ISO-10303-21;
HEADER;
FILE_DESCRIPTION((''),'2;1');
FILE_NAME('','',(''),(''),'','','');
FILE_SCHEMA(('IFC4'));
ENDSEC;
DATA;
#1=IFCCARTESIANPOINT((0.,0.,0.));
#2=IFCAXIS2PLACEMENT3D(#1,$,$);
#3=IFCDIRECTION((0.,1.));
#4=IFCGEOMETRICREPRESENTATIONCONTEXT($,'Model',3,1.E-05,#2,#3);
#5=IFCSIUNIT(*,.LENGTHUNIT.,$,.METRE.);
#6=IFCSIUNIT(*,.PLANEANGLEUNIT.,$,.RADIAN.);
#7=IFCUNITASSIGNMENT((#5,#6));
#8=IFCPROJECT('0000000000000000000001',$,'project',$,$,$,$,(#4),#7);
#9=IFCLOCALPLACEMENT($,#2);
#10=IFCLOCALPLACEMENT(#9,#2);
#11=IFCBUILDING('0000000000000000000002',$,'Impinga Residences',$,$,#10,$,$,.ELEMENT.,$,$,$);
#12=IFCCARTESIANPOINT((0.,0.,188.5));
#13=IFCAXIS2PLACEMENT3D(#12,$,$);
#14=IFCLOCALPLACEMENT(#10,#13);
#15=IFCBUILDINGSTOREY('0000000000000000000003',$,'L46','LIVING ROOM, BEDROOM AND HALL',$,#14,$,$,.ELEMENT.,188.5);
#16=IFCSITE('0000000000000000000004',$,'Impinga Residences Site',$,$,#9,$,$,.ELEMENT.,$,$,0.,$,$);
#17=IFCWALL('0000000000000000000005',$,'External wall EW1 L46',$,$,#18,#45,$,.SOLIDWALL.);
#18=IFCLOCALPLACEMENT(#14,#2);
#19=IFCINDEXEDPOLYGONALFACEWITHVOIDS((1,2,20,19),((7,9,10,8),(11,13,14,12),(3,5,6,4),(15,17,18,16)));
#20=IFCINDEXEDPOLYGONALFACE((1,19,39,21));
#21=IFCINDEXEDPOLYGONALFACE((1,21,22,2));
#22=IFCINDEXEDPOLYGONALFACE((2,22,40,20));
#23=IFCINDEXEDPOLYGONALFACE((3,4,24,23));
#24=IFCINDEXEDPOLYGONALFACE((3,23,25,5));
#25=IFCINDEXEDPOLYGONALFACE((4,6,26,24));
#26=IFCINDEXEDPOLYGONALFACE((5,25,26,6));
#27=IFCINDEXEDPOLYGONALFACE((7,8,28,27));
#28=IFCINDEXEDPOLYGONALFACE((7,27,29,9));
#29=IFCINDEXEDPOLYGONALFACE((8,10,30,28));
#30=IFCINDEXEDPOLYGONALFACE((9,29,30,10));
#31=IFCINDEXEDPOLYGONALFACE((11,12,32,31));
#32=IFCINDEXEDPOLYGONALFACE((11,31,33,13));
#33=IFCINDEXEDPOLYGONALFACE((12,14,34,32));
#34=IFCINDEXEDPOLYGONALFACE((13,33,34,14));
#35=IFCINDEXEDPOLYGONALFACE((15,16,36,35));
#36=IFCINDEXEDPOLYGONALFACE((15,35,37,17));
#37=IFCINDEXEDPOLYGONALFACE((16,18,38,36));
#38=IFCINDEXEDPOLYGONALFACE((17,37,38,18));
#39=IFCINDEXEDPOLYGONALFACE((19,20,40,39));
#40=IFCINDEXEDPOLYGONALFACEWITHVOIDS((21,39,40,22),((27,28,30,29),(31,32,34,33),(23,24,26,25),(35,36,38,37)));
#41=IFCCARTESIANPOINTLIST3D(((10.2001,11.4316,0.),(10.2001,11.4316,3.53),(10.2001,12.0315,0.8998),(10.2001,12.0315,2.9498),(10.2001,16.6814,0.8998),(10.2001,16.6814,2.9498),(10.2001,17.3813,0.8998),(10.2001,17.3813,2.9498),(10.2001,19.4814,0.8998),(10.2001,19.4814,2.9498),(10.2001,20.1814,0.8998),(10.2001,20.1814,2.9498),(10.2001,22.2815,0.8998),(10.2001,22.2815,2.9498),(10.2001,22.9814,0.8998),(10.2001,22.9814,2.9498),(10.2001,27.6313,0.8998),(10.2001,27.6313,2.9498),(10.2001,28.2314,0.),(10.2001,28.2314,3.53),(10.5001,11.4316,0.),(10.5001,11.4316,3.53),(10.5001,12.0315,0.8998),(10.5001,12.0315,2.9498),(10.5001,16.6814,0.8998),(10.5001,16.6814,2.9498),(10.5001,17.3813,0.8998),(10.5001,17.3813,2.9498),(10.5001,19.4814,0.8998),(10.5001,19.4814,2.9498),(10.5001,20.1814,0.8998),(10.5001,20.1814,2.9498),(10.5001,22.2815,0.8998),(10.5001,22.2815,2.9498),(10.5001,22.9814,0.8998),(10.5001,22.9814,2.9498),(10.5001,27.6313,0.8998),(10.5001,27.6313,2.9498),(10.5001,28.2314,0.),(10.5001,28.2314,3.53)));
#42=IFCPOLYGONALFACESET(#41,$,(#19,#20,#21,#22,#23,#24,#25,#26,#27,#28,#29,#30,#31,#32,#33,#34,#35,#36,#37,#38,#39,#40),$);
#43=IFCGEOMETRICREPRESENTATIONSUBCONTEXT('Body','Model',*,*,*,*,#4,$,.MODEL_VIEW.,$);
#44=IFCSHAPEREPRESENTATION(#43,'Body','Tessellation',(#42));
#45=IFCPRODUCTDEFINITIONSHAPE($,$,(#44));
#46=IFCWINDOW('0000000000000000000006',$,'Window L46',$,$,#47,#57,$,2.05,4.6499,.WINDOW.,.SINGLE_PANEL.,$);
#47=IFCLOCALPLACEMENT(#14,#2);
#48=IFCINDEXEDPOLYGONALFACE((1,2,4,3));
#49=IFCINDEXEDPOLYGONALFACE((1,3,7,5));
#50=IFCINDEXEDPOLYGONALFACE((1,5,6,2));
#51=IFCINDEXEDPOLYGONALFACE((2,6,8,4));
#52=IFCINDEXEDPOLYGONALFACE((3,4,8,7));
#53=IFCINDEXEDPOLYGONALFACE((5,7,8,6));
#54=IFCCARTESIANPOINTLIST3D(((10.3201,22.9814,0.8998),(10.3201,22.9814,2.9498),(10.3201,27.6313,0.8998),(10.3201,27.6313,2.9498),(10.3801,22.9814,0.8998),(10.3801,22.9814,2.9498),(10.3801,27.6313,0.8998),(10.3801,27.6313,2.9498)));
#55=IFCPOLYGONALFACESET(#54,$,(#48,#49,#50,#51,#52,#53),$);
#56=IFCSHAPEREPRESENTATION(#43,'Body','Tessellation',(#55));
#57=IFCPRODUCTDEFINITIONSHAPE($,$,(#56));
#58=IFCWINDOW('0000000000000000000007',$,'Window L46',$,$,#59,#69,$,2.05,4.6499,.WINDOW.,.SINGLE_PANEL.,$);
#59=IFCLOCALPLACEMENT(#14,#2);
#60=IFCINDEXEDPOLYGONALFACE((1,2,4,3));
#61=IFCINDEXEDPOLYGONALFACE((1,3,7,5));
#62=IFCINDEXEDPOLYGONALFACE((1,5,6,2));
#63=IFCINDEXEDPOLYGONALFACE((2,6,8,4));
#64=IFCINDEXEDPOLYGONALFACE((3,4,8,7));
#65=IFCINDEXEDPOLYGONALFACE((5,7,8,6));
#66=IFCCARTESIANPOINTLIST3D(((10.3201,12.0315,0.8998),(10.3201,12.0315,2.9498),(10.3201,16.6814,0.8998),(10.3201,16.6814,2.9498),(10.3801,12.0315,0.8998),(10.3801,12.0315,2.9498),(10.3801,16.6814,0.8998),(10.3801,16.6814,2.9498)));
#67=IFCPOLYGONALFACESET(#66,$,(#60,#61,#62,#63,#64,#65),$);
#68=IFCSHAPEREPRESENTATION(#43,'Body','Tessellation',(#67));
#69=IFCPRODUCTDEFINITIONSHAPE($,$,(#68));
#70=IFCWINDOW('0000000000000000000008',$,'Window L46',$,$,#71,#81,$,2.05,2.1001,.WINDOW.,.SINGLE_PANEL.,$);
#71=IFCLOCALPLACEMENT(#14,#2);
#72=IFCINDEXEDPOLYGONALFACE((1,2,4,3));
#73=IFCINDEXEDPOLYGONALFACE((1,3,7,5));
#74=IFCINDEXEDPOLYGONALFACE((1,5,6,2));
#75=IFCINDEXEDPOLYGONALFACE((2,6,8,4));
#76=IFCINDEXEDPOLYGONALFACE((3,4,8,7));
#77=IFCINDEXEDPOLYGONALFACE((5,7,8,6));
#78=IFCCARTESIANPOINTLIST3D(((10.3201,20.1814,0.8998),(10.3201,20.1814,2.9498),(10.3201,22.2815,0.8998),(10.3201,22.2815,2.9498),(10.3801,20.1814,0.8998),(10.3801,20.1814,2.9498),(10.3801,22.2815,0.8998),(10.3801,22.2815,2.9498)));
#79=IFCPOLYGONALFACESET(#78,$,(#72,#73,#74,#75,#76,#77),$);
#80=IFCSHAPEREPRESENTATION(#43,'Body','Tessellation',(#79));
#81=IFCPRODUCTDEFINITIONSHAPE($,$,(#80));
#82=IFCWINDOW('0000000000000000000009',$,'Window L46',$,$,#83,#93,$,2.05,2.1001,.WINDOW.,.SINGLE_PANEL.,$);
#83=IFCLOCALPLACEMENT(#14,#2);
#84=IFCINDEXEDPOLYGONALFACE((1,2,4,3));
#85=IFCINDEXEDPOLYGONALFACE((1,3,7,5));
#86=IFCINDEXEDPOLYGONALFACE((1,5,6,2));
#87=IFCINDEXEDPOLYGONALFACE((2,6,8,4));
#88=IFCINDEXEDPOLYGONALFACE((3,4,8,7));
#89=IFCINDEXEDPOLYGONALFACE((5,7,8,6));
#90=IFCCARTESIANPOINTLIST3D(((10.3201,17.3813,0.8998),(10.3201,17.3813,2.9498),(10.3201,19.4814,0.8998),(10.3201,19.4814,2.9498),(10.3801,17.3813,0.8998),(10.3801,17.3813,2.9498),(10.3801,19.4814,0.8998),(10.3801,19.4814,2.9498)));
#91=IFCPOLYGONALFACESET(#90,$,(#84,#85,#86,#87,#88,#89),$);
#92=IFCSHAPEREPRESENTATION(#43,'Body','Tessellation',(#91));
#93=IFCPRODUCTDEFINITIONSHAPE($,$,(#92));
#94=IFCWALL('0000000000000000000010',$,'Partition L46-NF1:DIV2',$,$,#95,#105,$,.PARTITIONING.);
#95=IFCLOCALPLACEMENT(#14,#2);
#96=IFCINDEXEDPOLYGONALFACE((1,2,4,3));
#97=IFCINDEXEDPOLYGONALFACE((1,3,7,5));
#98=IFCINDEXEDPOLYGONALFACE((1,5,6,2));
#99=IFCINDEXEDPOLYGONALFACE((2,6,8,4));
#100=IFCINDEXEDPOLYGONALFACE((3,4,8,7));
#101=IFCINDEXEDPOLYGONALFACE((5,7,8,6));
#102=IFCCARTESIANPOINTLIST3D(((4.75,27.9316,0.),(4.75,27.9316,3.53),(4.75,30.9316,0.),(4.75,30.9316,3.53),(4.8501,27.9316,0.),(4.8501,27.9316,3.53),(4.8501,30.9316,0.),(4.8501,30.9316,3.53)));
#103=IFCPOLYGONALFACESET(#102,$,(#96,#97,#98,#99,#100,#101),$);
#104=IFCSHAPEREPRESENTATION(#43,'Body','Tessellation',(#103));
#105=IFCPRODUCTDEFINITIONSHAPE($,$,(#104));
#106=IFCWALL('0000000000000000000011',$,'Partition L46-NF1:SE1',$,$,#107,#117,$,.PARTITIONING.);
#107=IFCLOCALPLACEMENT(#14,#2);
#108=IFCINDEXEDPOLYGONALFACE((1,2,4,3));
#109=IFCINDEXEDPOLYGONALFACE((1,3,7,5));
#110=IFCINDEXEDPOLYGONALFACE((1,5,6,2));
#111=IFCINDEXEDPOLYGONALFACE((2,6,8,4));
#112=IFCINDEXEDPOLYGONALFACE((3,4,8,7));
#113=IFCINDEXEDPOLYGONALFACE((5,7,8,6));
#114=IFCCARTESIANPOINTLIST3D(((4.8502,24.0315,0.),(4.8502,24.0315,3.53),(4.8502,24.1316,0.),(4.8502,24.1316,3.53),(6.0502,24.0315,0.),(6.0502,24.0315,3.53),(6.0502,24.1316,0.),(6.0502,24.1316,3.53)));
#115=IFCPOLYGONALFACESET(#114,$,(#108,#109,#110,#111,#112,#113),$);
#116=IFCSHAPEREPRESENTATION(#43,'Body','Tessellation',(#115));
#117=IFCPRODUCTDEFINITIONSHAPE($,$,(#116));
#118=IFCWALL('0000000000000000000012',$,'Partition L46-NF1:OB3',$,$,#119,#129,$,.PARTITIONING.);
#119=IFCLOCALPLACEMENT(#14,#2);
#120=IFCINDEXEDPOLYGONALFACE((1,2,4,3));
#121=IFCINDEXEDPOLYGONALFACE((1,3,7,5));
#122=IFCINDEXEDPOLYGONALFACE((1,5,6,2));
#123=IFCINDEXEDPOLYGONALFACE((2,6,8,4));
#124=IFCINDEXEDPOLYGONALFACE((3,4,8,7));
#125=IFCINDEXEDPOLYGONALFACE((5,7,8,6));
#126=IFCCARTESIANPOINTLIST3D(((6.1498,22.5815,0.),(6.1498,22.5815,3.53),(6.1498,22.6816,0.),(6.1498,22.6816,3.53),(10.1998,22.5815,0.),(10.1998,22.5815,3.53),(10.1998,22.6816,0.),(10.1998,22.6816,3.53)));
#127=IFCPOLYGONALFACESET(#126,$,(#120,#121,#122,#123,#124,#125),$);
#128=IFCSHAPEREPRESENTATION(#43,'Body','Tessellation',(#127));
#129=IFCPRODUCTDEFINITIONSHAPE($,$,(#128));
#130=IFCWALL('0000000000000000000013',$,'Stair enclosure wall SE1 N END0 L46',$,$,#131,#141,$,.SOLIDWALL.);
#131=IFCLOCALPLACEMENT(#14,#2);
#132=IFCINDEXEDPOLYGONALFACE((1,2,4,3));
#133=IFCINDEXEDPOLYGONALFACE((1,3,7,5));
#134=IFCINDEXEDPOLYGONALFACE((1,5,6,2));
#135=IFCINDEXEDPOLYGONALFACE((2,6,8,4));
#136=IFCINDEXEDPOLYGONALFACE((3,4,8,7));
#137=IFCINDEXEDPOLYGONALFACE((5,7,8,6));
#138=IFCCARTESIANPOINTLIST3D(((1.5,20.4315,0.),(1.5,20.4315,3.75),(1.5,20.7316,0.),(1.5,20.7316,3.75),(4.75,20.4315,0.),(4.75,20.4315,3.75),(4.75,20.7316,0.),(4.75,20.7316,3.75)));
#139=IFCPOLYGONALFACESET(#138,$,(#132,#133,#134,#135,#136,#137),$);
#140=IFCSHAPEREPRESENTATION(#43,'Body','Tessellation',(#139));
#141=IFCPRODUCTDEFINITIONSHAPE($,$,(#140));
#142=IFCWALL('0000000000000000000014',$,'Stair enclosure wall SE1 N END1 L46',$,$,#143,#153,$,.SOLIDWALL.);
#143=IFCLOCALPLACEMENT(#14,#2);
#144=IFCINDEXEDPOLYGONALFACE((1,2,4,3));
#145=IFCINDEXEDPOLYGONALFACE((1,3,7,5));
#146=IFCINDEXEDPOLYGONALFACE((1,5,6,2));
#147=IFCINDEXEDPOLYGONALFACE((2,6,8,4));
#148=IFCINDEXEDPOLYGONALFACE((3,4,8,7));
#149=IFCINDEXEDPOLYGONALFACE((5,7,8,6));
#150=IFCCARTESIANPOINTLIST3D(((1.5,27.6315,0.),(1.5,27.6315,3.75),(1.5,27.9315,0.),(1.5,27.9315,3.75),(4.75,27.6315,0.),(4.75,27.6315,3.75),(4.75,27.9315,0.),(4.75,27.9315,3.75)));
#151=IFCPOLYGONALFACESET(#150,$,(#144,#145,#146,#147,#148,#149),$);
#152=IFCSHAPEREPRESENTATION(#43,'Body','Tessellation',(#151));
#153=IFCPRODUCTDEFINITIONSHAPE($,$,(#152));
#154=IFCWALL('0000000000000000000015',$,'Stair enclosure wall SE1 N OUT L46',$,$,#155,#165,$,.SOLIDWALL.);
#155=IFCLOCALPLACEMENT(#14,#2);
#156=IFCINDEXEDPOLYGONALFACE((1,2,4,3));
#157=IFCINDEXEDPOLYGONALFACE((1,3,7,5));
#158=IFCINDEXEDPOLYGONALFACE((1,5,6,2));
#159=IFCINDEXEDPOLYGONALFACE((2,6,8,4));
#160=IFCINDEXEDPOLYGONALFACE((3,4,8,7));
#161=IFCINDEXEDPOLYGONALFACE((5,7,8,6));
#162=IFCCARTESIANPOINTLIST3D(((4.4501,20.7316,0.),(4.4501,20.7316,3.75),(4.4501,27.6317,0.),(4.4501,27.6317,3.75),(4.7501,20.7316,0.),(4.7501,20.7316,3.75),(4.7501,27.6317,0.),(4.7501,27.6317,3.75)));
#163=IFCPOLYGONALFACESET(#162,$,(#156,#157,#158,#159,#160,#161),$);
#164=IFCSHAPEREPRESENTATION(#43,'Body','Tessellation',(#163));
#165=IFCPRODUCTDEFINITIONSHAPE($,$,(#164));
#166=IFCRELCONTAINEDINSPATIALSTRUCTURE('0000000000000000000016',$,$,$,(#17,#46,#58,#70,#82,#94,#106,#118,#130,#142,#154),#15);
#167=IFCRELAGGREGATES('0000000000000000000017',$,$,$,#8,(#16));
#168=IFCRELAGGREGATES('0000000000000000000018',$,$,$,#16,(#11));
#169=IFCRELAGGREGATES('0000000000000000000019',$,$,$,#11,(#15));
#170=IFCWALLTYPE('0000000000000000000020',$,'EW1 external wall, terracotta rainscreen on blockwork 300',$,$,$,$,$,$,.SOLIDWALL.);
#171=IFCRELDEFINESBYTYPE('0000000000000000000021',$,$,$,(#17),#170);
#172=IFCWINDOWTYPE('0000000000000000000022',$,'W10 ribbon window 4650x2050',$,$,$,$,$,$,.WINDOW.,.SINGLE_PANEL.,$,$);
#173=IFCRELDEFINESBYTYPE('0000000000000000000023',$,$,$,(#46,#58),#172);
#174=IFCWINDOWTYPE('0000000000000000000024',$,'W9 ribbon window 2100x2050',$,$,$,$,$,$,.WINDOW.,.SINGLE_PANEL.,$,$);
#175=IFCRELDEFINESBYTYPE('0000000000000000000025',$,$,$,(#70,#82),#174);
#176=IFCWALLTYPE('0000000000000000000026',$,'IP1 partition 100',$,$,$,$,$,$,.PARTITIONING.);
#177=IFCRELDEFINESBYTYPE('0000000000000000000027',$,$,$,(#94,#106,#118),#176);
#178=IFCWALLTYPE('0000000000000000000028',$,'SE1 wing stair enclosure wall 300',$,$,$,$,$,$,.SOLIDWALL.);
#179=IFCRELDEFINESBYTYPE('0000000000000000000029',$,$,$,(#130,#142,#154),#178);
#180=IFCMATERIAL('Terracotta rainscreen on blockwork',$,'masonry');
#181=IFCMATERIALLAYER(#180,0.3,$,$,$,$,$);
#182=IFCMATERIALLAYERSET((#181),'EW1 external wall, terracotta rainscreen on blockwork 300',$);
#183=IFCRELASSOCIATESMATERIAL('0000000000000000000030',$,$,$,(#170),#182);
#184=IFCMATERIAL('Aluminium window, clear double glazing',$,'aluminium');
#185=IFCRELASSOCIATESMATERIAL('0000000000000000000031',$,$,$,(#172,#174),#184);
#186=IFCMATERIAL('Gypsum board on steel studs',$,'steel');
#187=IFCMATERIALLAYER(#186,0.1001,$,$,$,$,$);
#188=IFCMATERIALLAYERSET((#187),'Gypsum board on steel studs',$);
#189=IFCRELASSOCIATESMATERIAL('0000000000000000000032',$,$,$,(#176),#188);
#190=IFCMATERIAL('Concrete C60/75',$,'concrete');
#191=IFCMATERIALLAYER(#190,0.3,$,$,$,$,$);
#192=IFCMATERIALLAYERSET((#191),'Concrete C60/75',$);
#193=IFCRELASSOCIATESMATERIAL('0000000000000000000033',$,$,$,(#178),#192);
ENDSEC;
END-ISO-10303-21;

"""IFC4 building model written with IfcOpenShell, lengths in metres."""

from ifc_helpers import new_model, si_unit, direction, frame, frame_2d, origin, place, context, subcontext, project, spatial, rectangle, extrude, material, layer, layer_set, type_object, element, fill, save


model = new_model("IFC4")

# Units and contexts
model_context = context("Model", 3, precision=1e-05, world=origin(), true_north=direction((0.0, 1.0)))
body_context = subcontext(model_context, "Body", "Model", "MODEL_VIEW")
ifc_project = project(units=[si_unit("LENGTHUNIT", "METRE"), si_unit("PLANEANGLEUNIT", "RADIAN")], contexts=[model_context])

# Site, building, storey
site_placement = place(None, origin())
site = spatial("IfcSite", under=ifc_project, at=site_placement, Name="Impinga Residences Site", CompositionType="ELEMENT", RefElevation=0.0)
building_placement = place(site_placement, origin())
building = spatial("IfcBuilding", under=site, at=building_placement, Name="Impinga Residences", CompositionType="ELEMENT")
storey_placement = place(building_placement, frame((0.0, 0.0, 188.5)))
storey = spatial("IfcBuildingStorey", under=building, at=storey_placement, Name="L46", Description="LIVING ROOM, BEDROOM AND HALL", CompositionType="ELEMENT", Elevation=188.5)

# Shared definitions
ifc_material_1 = material(Name="Concrete C60/75", Category="concrete")

# Shared definitions
ifc_material_2 = material(Name="Terracotta rainscreen on blockwork", Category="masonry")
ifc_layer_1 = layer(ifc_material_2, 0.3)
ifc_layer_set_1 = layer_set([ifc_layer_1], Name="EW1 external wall, terracotta rainscreen on blockwork 300")
wall_type_1 = type_object("IfcWallType", Name="EW1 external wall, terracotta rainscreen on blockwork 300", PredefinedType="SOLIDWALL", material=ifc_layer_set_1)

# Wall, openings, windows
wall_1_placement = place(storey_placement, frame((10.3501, 28.2314, 0.0), z_axis=(0.0, 0.0, 1.0), x_axis=(0.0, -1.0, 0.0)))
wall_1 = element("IfcWall", 1, at=wall_1_placement, inside=storey, type_object=wall_type_1, Name="External wall EW1 L46", PredefinedType="SOLIDWALL", context=body_context, shape_type="SweptSolid", body=[
    extrude(rectangle(XDim=16.7998, YDim=0.3, at=frame_2d((8.3999, 0.0))), origin(), (0.0, 0.0, 1.0), 3.53),
])
opening_1_placement = place(wall_1_placement, frame((0.6001, 0.0, 0.8999)))
opening_1 = element("IfcOpeningElement", 2, at=opening_1_placement, cuts=wall_1, PredefinedType="OPENING", context=body_context, shape_type="SweptSolid", body=[
    extrude(rectangle(XDim=4.6499, YDim=2.05, at=frame_2d((2.325, 1.0249))), frame((0.0, 0.1599, 0.0), z_axis=(0.0, -1.0, 0.0), x_axis=(1.0, 0.0, 0.0)), (0.0, 0.0, 1.0), 0.3201),
])
opening_2_placement = place(wall_1_placement, frame((5.95, 0.0, 0.8999)))
opening_2 = element("IfcOpeningElement", 3, at=opening_2_placement, cuts=wall_1, PredefinedType="OPENING", context=body_context, shape_type="SweptSolid", body=[
    extrude(rectangle(XDim=2.1001, YDim=2.05, at=frame_2d((1.05, 1.0249))), frame((0.0, 0.1599, 0.0), z_axis=(0.0, -1.0, 0.0), x_axis=(1.0, 0.0, 0.0)), (0.0, 0.0, 1.0), 0.3201),
])
opening_3_placement = place(wall_1_placement, frame((8.75, 0.0, 0.8999)))
opening_3 = element("IfcOpeningElement", 4, at=opening_3_placement, cuts=wall_1, PredefinedType="OPENING", context=body_context, shape_type="SweptSolid", body=[
    extrude(rectangle(XDim=2.1001, YDim=2.05, at=frame_2d((1.05, 1.0249))), frame((0.0, 0.1599, 0.0), z_axis=(0.0, -1.0, 0.0), x_axis=(1.0, 0.0, 0.0)), (0.0, 0.0, 1.0), 0.3201),
])
opening_4_placement = place(wall_1_placement, frame((11.55, 0.0, 0.8999)))
opening_4 = element("IfcOpeningElement", 5, at=opening_4_placement, cuts=wall_1, PredefinedType="OPENING", context=body_context, shape_type="SweptSolid", body=[
    extrude(rectangle(XDim=4.6499, YDim=2.05, at=frame_2d((2.325, 1.0249))), frame((0.0, 0.1599, 0.0), z_axis=(0.0, -1.0, 0.0), x_axis=(1.0, 0.0, 0.0)), (0.0, 0.0, 1.0), 0.3201),
])
ifc_material_3 = material(Name="Aluminium window, clear double glazing", Category="aluminium")
window_type_1 = type_object("IfcWindowType", Name="W10 ribbon window 4650x2050", PartitioningType="SINGLE_PANEL", PredefinedType="WINDOW", material=ifc_material_3)
window_1_placement = place(opening_1_placement, origin())
window_1 = element("IfcWindow", 6, at=window_1_placement, inside=storey, type_object=window_type_1, Name="Window L46", OverallHeight=2.05, OverallWidth=4.6499, PartitioningType="SINGLE_PANEL", PredefinedType="WINDOW", context=body_context, shape_type="SweptSolid", body=[
    extrude(rectangle(XDim=4.6499, YDim=2.05, at=frame_2d((2.325, 1.0249))), frame((0.0, 0.03, 0.0), z_axis=(0.0, -1.0, 0.0), x_axis=(1.0, 0.0, 0.0)), (0.0, 0.0, 1.0), 0.0601),
])
fill(opening_1, window_1)
window_2_placement = place(opening_4_placement, origin())
window_2 = element("IfcWindow", 7, at=window_2_placement, inside=storey, type_object=window_type_1, Name="Window L46", OverallHeight=2.05, OverallWidth=4.6499, PartitioningType="SINGLE_PANEL", PredefinedType="WINDOW", context=body_context, shape_type="SweptSolid", body=[
    extrude(rectangle(XDim=4.6499, YDim=2.05, at=frame_2d((2.325, 1.0249))), frame((0.0, 0.03, 0.0), z_axis=(0.0, -1.0, 0.0), x_axis=(1.0, 0.0, 0.0)), (0.0, 0.0, 1.0), 0.0601),
])
fill(opening_4, window_2)
window_type_2 = type_object("IfcWindowType", Name="W9 ribbon window 2100x2050", PartitioningType="SINGLE_PANEL", PredefinedType="WINDOW", material=ifc_material_3)
window_3_placement = place(opening_2_placement, origin())
window_3 = element("IfcWindow", 8, at=window_3_placement, inside=storey, type_object=window_type_2, Name="Window L46", OverallHeight=2.05, OverallWidth=2.1001, PartitioningType="SINGLE_PANEL", PredefinedType="WINDOW", context=body_context, shape_type="SweptSolid", body=[
    extrude(rectangle(XDim=2.1001, YDim=2.05, at=frame_2d((1.05, 1.0249))), frame((0.0, 0.03, 0.0), z_axis=(0.0, -1.0, 0.0), x_axis=(1.0, 0.0, 0.0)), (0.0, 0.0, 1.0), 0.0601),
])
fill(opening_2, window_3)
window_4_placement = place(opening_3_placement, origin())
window_4 = element("IfcWindow", 9, at=window_4_placement, inside=storey, type_object=window_type_2, Name="Window L46", OverallHeight=2.05, OverallWidth=2.1001, PartitioningType="SINGLE_PANEL", PredefinedType="WINDOW", context=body_context, shape_type="SweptSolid", body=[
    extrude(rectangle(XDim=2.1001, YDim=2.05, at=frame_2d((1.05, 1.0249))), frame((0.0, 0.03, 0.0), z_axis=(0.0, -1.0, 0.0), x_axis=(1.0, 0.0, 0.0)), (0.0, 0.0, 1.0), 0.0601),
])
fill(opening_3, window_4)

# Walls
ifc_material_4 = material(Name="Gypsum board on steel studs", Category="steel")
ifc_layer_2 = layer(ifc_material_4, 0.1001)
ifc_layer_set_2 = layer_set([ifc_layer_2], Name="Gypsum board on steel studs")
wall_type_2 = type_object("IfcWallType", Name="IP1 partition 100", PredefinedType="PARTITIONING", material=ifc_layer_set_2)
wall_2_placement = place(storey_placement, frame((4.8, 27.9316, 0.0), z_axis=(0.0, 0.0, 1.0), x_axis=(0.0, 1.0, 0.0)))
element("IfcWall", 10, at=wall_2_placement, inside=storey, type_object=wall_type_2, Name="Partition L46-NF1:DIV2", PredefinedType="PARTITIONING", context=body_context, shape_type="SweptSolid", body=[
    extrude(rectangle(XDim=3.0, YDim=0.1001, at=frame_2d((1.5, 0.0))), origin(), (0.0, 0.0, 1.0), 3.53),
])
wall_3_placement = place(storey_placement, frame((4.8501, 24.0815, 0.0), z_axis=(0.0, 0.0, 1.0), x_axis=(1.0, 0.0, 0.0)))
element("IfcWall", 11, at=wall_3_placement, inside=storey, type_object=wall_type_2, Name="Partition L46-NF1:SE1", PredefinedType="PARTITIONING", context=body_context, shape_type="SweptSolid", body=[
    extrude(rectangle(XDim=1.2, YDim=0.1001, at=frame_2d((0.6001, 0.0))), origin(), (0.0, 0.0, 1.0), 3.53),
])
wall_4_placement = place(storey_placement, frame((6.1499, 22.6316, 0.0), z_axis=(0.0, 0.0, 1.0), x_axis=(1.0, 0.0, 0.0)))
element("IfcWall", 12, at=wall_4_placement, inside=storey, type_object=wall_type_2, Name="Partition L46-NF1:OB3", PredefinedType="PARTITIONING", context=body_context, shape_type="SweptSolid", body=[
    extrude(rectangle(XDim=4.05, YDim=0.1001, at=frame_2d((2.0249, 0.0))), origin(), (0.0, 0.0, 1.0), 3.53),
])
ifc_layer_3 = layer(ifc_material_1, 0.3)
ifc_layer_set_3 = layer_set([ifc_layer_3], Name="Concrete C60/75")
wall_type_3 = type_object("IfcWallType", Name="SE1 wing stair enclosure wall 300", PredefinedType="SOLIDWALL", material=ifc_layer_set_3)
for number, where, z_axis, x_axis, name in (
    (13, (1.5, 20.5815, 0.0), (0.0, 0.0, 1.0), (1.0, 0.0, 0.0), "Stair enclosure wall SE1 N END0 L46"),
    (14, (1.5, 27.7815, 0.0), (0.0, 0.0, 1.0), (1.0, 0.0, 0.0), "Stair enclosure wall SE1 N END1 L46"),
):
    element("IfcWall", number, at=place(storey_placement, frame(where, z_axis=z_axis, x_axis=x_axis)), inside=storey, type_object=wall_type_3, Name=name, PredefinedType="SOLIDWALL", context=body_context, shape_type="SweptSolid", body=[
        extrude(rectangle(XDim=3.25, YDim=0.3, at=frame_2d((1.625, 0.0))), origin(), (0.0, 0.0, 1.0), 3.75),
    ])
wall_5_placement = place(storey_placement, frame((4.6001, 20.7314, 0.0), z_axis=(0.0, 0.0, 1.0), x_axis=(0.0, 1.0, 0.0)))
element("IfcWall", 15, at=wall_5_placement, inside=storey, type_object=wall_type_3, Name="Stair enclosure wall SE1 N OUT L46", PredefinedType="SOLIDWALL", context=body_context, shape_type="SweptSolid", body=[
    extrude(rectangle(XDim=6.9001, YDim=0.3, at=frame_2d((3.4502, 0.0))), origin(), (0.0, 0.0, 1.0), 3.75),
])

save(model, "model.ifc")
